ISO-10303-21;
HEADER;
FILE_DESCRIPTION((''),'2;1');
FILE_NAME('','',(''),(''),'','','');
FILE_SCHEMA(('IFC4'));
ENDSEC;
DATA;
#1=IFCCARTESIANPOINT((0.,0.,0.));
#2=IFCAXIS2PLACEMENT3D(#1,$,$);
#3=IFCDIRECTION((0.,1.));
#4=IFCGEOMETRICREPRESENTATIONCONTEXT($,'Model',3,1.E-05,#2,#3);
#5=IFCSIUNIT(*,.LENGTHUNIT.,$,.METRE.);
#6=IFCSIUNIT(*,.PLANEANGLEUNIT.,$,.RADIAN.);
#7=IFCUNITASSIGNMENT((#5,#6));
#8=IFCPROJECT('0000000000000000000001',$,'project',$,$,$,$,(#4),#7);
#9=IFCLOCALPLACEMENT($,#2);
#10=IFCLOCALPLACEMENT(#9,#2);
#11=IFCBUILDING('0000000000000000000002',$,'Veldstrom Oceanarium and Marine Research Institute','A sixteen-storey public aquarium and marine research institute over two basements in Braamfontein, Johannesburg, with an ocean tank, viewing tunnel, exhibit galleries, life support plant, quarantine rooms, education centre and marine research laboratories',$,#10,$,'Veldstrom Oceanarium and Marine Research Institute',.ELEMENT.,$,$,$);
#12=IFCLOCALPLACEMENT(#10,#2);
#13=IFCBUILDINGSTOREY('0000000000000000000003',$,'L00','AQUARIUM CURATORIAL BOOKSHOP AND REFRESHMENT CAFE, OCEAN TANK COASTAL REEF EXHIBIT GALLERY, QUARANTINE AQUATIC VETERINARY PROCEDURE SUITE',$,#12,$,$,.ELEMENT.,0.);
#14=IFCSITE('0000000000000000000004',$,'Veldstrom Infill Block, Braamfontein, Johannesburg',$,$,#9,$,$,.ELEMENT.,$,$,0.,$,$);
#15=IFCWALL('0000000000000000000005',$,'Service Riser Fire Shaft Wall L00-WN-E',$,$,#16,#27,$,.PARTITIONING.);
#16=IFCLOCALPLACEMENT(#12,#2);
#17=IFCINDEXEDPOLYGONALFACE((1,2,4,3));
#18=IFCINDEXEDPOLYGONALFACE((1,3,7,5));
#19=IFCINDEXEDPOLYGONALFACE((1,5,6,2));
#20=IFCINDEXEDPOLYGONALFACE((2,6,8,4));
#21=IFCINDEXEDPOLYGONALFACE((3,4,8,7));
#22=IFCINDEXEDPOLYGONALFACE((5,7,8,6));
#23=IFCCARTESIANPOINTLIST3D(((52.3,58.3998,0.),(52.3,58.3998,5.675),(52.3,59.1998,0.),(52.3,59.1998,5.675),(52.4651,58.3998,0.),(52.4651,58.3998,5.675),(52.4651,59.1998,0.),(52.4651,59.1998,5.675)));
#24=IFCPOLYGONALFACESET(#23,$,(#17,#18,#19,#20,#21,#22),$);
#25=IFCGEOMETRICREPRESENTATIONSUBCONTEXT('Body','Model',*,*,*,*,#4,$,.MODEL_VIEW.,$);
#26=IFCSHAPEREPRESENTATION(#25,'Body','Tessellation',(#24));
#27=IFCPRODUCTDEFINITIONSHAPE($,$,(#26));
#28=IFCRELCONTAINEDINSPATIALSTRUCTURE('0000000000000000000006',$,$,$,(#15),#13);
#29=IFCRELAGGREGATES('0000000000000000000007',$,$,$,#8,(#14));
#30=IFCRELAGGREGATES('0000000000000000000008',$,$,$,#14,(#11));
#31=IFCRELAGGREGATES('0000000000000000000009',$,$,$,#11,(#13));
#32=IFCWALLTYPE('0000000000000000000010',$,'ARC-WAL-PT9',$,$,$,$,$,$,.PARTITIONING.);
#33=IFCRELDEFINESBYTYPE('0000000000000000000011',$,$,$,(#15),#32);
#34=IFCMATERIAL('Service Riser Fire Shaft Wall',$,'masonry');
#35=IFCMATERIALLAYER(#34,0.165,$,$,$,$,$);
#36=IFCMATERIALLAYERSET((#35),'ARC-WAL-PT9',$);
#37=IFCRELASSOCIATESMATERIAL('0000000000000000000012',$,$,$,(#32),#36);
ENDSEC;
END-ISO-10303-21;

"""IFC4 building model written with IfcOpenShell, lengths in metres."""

from ifc_helpers import new_model, si_unit, direction, frame, frame_2d, origin, place, context, subcontext, project, spatial, rectangle, extrude, material, layer, layer_set, type_object, element, save


model = new_model("IFC4")

# Units and contexts
model_context = context("Model", 3, precision=1e-05, world=origin(), true_north=direction((0.0, 1.0)))
body_context = subcontext(model_context, "Body", "Model", "MODEL_VIEW")
ifc_project = project(units=[si_unit("LENGTHUNIT", "METRE"), si_unit("PLANEANGLEUNIT", "RADIAN")], contexts=[model_context])

# Site, building, storey
site_placement = place(None, origin())
site = spatial("IfcSite", under=ifc_project, at=site_placement, Name="Veldstrom Infill Block, Braamfontein, Johannesburg", CompositionType="ELEMENT", RefElevation=0.0)
building_placement = place(site_placement, origin())
building = spatial("IfcBuilding", under=site, at=building_placement, Name="Veldstrom Oceanarium and Marine Research Institute", Description="A sixteen-storey public aquarium and marine research institute over two basements in Braamfontein, Johannesburg, with an ocean tank, viewing tunnel, exhibit galleries, life support plant, quarantine rooms, education centre and marine research laboratories", LongName="Veldstrom Oceanarium and Marine Research Institute", CompositionType="ELEMENT")
storey_placement = place(building_placement, origin())
storey = spatial("IfcBuildingStorey", under=building, at=storey_placement, Name="L00", Description="AQUARIUM CURATORIAL BOOKSHOP AND REFRESHMENT CAFE, OCEAN TANK COASTAL REEF EXHIBIT GALLERY, QUARANTINE AQUATIC VETERINARY PROCEDURE SUITE", CompositionType="ELEMENT", Elevation=0.0)

# Wall
ifc_material_1 = material(Name="Service Riser Fire Shaft Wall", Category="masonry")
ifc_layer_1 = layer(ifc_material_1, 0.165)
ifc_layer_set_1 = layer_set([ifc_layer_1], Name="ARC-WAL-PT9")
wall_type_1 = type_object("IfcWallType", Name="ARC-WAL-PT9", PredefinedType="PARTITIONING", material=ifc_layer_set_1)
for number, where, z_axis, x_axis, name in (
    (1, (52.3826, 58.3999, 0.0), (0.0, 0.0, 1.0), (0.0, 1.0, 0.0), "Service Riser Fire Shaft Wall L00-WN-E"),
):
    element("IfcWall", number, at=place(storey_placement, frame(where, z_axis=z_axis, x_axis=x_axis)), inside=storey, type_object=wall_type_1, Name=name, PredefinedType="PARTITIONING", context=body_context, shape_type="SweptSolid", body=[
        extrude(rectangle(XDim=0.8, YDim=0.165, at=frame_2d((0.3999, 0.0))), origin(), (0.0, 0.0, 1.0), 5.675),
    ])

save(model, "model.ifc")
